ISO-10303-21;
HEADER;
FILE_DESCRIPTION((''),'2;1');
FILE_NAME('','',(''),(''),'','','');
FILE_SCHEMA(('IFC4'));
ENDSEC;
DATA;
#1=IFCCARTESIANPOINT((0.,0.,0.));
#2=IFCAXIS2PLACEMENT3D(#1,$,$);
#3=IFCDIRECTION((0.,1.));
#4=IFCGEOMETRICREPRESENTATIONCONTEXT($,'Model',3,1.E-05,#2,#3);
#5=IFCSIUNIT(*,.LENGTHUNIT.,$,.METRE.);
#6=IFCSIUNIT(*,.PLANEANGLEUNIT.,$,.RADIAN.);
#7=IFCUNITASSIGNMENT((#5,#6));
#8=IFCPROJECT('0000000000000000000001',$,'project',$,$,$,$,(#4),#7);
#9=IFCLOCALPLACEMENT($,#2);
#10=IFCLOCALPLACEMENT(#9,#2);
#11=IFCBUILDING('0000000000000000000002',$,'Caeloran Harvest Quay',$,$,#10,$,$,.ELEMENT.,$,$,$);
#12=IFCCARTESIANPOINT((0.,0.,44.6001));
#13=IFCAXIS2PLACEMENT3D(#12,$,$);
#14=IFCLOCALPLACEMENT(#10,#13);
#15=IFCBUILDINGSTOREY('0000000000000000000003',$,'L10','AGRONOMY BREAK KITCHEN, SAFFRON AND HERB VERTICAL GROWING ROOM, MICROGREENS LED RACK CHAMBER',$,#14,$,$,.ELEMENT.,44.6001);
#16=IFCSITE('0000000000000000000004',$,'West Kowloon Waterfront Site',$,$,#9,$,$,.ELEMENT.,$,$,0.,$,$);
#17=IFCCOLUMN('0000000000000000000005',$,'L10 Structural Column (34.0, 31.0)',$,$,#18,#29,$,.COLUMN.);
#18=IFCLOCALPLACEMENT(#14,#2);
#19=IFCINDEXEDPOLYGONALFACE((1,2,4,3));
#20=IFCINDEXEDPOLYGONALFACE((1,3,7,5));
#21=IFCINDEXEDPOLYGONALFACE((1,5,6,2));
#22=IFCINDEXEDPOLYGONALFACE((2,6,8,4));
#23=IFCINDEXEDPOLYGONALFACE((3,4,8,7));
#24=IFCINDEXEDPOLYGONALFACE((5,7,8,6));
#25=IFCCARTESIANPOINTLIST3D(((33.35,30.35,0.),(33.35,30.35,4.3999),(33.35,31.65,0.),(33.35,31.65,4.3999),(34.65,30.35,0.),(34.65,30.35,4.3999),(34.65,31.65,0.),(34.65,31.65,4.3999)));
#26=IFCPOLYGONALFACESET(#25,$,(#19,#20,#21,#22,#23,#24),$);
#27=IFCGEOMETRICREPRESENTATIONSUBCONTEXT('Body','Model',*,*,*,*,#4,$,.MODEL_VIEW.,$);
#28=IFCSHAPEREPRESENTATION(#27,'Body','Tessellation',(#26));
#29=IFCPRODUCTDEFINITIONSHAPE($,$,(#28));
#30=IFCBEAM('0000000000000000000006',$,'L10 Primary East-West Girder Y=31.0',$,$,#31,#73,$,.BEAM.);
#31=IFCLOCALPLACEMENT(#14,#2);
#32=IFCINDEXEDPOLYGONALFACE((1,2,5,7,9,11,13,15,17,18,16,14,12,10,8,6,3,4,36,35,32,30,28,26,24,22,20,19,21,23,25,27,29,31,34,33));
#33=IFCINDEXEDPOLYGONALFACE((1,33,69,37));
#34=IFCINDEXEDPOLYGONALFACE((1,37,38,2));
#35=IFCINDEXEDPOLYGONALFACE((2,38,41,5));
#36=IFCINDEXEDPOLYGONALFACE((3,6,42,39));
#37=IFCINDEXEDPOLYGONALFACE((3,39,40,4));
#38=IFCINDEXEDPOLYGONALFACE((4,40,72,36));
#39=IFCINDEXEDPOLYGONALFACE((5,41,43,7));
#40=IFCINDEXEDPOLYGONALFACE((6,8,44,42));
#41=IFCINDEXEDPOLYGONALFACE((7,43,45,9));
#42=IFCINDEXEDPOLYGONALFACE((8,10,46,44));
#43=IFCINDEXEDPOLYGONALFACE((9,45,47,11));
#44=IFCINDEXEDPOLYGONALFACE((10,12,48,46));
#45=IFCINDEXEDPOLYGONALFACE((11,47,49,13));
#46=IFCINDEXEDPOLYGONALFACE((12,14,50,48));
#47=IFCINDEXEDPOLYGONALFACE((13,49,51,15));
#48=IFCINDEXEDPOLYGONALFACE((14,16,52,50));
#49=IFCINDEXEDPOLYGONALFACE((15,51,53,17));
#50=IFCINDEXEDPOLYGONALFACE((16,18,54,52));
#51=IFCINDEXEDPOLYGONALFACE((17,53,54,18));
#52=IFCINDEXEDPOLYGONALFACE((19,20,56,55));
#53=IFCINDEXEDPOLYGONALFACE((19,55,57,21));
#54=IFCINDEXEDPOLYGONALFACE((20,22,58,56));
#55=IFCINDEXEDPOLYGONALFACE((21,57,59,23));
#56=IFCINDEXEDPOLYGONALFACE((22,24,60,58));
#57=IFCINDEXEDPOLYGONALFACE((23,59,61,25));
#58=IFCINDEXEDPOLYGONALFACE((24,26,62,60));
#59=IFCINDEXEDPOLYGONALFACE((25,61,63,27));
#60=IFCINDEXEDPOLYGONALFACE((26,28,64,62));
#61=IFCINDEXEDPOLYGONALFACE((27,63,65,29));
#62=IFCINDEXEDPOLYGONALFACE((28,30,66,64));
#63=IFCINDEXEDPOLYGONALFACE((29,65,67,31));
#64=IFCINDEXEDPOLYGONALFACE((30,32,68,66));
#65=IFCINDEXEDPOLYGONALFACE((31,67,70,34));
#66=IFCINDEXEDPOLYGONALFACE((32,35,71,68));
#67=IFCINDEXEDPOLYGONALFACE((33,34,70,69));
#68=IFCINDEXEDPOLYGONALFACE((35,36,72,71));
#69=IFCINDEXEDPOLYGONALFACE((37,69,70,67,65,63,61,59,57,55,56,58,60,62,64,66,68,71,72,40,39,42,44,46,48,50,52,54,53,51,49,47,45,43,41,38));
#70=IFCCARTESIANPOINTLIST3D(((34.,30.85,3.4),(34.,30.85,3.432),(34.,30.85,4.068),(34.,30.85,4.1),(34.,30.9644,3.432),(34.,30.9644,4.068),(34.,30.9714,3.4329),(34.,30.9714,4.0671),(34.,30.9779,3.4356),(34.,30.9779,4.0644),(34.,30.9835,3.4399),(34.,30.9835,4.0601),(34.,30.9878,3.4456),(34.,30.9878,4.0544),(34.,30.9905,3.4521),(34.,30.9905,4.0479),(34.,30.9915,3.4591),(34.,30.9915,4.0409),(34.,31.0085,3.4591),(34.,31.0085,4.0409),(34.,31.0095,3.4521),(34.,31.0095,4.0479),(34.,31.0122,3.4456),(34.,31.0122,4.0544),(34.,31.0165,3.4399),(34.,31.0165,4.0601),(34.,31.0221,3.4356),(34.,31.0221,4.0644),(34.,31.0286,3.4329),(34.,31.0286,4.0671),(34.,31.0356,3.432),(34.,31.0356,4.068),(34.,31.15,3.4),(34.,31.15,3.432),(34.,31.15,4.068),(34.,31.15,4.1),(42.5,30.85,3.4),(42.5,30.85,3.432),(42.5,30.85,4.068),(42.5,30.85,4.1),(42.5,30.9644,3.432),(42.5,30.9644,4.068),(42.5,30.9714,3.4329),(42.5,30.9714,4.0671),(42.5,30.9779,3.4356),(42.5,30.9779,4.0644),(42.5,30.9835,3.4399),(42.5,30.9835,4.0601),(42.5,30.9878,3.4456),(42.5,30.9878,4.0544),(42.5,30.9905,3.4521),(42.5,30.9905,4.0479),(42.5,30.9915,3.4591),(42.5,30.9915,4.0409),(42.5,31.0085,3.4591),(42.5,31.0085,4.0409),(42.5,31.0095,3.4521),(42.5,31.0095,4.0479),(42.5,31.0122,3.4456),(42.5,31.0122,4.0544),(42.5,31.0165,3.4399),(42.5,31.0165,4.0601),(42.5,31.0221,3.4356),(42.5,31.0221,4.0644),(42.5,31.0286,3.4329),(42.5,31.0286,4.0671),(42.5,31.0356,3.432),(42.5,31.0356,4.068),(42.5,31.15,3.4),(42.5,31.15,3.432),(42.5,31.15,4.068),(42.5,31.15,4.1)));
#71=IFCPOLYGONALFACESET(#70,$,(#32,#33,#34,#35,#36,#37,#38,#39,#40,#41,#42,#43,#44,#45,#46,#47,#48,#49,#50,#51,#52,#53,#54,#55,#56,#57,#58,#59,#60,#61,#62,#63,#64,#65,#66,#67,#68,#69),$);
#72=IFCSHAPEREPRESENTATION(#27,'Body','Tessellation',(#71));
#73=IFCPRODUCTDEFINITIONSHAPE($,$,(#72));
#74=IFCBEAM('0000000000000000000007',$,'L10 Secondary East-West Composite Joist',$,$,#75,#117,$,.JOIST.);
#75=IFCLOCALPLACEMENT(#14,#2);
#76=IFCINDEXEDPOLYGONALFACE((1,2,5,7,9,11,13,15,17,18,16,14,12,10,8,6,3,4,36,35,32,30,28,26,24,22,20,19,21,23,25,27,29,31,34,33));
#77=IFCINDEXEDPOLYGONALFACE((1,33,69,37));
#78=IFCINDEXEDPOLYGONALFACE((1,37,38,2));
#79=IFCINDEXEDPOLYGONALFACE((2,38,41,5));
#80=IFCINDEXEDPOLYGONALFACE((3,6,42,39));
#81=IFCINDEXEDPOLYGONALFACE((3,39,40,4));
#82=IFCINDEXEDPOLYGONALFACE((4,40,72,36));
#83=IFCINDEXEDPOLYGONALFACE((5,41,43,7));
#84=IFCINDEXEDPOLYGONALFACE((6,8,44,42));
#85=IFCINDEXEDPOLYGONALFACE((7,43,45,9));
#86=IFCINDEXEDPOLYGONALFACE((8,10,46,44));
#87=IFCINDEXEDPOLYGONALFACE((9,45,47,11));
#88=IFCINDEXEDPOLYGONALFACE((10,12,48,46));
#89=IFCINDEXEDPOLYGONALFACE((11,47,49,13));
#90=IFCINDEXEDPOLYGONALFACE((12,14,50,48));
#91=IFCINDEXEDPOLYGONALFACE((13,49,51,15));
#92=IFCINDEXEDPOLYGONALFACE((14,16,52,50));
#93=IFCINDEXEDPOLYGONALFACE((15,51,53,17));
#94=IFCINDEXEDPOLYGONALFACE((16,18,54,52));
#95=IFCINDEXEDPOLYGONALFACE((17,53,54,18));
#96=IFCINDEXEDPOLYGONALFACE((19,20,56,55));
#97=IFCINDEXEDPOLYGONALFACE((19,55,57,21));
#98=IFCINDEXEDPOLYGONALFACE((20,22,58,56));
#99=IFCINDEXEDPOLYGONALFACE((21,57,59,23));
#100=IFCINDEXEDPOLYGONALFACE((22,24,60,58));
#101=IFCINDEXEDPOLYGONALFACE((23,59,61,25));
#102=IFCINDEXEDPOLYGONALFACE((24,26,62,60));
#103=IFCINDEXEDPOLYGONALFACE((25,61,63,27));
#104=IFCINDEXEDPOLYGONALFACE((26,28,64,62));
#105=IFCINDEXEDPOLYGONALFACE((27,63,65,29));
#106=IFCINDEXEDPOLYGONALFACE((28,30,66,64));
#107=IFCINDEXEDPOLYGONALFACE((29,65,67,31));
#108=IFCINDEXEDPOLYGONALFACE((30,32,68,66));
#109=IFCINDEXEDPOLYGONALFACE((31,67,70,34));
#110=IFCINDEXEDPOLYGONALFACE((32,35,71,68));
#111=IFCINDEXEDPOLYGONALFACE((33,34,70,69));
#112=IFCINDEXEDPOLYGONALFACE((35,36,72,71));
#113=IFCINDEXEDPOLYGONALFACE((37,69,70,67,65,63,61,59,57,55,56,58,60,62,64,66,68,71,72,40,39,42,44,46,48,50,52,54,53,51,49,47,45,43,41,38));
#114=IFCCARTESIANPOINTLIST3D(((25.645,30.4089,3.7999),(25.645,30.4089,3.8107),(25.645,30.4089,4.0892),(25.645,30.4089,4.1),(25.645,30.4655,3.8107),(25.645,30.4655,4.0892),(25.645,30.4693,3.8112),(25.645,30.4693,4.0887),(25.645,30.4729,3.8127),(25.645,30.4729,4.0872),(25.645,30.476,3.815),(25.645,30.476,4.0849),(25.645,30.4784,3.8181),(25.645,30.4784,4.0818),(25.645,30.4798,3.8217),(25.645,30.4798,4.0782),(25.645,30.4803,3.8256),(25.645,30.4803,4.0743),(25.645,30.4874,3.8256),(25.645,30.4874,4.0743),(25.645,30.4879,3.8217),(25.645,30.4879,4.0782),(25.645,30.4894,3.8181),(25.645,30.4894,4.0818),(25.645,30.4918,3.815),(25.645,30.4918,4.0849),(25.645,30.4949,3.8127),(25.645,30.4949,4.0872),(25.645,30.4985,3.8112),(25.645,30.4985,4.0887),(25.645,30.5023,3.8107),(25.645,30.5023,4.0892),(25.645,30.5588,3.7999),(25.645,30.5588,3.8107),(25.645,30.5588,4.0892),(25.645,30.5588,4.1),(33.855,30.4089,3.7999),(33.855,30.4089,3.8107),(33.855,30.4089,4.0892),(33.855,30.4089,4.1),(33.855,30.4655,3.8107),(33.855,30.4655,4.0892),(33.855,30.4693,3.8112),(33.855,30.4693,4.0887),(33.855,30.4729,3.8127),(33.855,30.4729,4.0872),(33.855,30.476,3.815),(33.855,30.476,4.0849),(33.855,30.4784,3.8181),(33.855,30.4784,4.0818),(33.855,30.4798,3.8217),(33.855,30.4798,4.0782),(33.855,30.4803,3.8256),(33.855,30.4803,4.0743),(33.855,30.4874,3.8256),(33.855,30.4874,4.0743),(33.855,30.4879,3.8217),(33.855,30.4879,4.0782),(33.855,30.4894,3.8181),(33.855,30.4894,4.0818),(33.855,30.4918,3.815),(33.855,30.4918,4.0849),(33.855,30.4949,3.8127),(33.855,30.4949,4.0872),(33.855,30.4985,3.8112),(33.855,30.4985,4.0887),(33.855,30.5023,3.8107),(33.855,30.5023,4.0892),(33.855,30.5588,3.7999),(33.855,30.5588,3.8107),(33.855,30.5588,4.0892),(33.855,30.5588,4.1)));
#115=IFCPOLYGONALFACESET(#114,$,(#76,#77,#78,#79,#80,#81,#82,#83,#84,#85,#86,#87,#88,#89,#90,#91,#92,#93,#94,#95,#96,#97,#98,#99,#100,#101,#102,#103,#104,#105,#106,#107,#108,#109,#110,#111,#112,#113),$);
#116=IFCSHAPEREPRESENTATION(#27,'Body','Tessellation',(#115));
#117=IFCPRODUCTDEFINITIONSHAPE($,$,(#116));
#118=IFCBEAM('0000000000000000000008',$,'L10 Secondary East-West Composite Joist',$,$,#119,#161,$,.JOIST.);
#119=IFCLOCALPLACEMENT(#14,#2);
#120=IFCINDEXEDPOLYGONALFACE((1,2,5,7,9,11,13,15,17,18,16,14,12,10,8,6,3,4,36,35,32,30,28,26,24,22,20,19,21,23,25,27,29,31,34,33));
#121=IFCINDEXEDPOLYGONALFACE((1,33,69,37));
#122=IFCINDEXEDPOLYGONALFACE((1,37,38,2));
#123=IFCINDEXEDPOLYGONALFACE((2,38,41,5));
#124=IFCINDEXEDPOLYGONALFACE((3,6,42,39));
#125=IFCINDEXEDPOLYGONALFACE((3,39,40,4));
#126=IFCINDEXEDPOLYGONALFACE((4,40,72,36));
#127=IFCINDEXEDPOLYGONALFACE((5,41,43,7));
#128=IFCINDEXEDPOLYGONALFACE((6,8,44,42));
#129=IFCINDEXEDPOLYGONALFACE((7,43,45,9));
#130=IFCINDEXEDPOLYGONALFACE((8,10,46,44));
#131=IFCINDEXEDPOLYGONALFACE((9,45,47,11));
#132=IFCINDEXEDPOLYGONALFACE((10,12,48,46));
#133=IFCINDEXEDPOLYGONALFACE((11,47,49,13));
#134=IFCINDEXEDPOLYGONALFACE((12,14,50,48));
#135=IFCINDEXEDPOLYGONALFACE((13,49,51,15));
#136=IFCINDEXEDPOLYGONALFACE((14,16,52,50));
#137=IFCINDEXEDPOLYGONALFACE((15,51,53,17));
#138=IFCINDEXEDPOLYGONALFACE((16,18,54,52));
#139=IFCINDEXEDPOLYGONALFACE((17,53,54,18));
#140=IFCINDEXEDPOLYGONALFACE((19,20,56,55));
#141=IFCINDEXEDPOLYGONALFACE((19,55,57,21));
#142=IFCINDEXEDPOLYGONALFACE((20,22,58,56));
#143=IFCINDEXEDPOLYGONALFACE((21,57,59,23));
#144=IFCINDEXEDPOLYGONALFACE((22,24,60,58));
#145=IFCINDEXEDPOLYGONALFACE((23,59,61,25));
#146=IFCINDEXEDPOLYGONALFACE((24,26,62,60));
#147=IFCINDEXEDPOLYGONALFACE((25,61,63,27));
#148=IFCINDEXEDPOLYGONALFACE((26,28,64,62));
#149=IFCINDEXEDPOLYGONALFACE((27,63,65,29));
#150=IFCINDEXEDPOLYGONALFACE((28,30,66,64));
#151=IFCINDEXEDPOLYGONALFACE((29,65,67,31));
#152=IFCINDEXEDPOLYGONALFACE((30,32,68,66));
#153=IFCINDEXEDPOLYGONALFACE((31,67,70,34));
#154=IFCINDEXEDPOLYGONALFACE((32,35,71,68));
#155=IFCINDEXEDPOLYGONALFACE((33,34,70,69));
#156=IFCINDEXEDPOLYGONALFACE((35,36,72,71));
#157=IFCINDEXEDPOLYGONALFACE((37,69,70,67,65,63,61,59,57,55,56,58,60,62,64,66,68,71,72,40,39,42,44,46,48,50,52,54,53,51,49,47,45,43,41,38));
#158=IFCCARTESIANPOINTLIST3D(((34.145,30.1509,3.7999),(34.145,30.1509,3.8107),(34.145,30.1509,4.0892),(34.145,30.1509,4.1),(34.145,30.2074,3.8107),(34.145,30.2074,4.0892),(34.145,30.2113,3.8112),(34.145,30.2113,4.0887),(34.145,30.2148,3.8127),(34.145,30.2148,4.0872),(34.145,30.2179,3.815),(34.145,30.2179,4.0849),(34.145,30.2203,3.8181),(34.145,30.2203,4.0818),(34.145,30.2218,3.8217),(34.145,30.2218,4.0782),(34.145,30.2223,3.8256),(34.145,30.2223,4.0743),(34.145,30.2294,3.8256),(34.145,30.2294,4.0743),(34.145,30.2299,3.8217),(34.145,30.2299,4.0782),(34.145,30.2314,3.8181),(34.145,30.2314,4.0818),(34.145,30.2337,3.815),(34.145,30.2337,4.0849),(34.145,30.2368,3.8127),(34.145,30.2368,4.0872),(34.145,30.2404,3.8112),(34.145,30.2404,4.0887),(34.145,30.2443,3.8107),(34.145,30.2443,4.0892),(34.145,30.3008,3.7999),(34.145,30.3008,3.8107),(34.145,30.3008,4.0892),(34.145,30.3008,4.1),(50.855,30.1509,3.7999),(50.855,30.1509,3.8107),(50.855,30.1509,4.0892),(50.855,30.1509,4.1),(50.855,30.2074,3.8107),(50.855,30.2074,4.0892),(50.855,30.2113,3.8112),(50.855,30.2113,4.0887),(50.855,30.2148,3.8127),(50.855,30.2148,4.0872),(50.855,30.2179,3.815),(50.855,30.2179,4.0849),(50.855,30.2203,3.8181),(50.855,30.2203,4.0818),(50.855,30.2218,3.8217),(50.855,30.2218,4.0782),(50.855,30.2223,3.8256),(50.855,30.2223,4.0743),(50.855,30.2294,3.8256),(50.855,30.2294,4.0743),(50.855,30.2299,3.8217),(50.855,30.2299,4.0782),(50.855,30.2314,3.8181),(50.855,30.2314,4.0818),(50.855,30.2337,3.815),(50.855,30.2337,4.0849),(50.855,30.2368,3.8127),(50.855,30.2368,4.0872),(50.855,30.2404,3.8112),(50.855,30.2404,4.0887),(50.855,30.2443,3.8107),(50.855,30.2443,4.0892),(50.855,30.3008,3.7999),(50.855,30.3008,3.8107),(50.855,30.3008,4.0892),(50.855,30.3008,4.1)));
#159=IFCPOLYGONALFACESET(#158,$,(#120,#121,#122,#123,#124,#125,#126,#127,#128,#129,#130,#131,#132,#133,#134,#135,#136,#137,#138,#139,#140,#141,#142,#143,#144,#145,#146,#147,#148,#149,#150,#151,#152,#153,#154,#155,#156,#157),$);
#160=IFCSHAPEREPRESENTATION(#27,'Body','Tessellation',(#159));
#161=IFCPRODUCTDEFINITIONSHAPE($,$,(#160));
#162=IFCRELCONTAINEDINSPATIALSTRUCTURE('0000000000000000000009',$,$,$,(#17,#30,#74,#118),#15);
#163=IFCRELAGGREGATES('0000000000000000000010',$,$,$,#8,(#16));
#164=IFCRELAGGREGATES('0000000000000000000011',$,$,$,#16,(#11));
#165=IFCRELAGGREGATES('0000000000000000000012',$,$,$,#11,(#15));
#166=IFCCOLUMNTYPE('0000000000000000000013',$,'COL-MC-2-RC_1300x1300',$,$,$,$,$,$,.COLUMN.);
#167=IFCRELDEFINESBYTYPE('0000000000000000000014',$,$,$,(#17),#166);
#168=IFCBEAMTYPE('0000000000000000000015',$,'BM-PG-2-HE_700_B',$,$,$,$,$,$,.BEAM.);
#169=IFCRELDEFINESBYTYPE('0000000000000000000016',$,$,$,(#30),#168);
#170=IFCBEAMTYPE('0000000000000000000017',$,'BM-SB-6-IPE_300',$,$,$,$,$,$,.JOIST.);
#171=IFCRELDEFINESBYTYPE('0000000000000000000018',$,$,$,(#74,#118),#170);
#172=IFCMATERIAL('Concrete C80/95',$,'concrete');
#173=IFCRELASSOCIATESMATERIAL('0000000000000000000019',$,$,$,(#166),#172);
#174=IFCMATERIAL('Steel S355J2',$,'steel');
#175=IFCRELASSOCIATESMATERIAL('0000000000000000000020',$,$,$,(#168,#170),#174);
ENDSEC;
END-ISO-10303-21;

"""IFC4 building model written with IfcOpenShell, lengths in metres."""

from ifc_helpers import new_model, si_unit, direction, frame, origin, origin_2d, place, context, subcontext, project, spatial, rectangle, i_section, extrude, material, material_profile, profile_set, type_object, element, save


model = new_model("IFC4")

# Units and contexts
model_context = context("Model", 3, precision=1e-05, world=origin(), true_north=direction((0.0, 1.0)))
body_context = subcontext(model_context, "Body", "Model", "MODEL_VIEW")
ifc_project = project(units=[si_unit("LENGTHUNIT", "METRE"), si_unit("PLANEANGLEUNIT", "RADIAN")], contexts=[model_context])

# Site, building, storey
site_placement = place(None, origin())
site = spatial("IfcSite", under=ifc_project, at=site_placement, Name="West Kowloon Waterfront Site", CompositionType="ELEMENT", RefElevation=0.0)
building_placement = place(site_placement, origin())
building = spatial("IfcBuilding", under=site, at=building_placement, Name="Caeloran Harvest Quay", CompositionType="ELEMENT")
storey_placement = place(building_placement, frame((0.0, 0.0, 44.6001)))
storey = spatial("IfcBuildingStorey", under=building, at=storey_placement, Name="L10", Description="AGRONOMY BREAK KITCHEN, SAFFRON AND HERB VERTICAL GROWING ROOM, MICROGREENS LED RACK CHAMBER", CompositionType="ELEMENT", Elevation=44.6001)

# Column
ifc_material_1 = material(Name="Concrete C80/95", Category="concrete")
ifc_material_profile_1 = material_profile(ifc_material_1, rectangle(XDim=1.3, YDim=1.3, at=origin_2d()), Name="RC 1300x1300")
ifc_profile_set_1 = profile_set([ifc_material_profile_1], Name="Concrete C80/95")
column_type = type_object("IfcColumnType", Name="COL-MC-2-RC_1300x1300", PredefinedType="COLUMN", material=ifc_profile_set_1)
column_placement = place(storey_placement, frame((34.0, 31.0, 0.0), z_axis=(0.0, 0.0, 1.0), x_axis=(1.0, 0.0, 0.0)))
element("IfcColumn", 1, at=column_placement, inside=storey, type_object=column_type, Name="L10 Structural Column (34.0, 31.0)", PredefinedType="COLUMN", context=body_context, shape_type="SweptSolid", body=[
    extrude(rectangle(XDim=1.3, YDim=1.3, at=origin_2d()), origin(), (0.0, 0.0, 1.0), 4.3999),
])

# Beams
ifc_material_2 = material(Name="Steel S355J2", Category="steel")
ifc_material_profile_2 = material_profile(ifc_material_2, i_section(OverallWidth=0.3, OverallDepth=0.7, WebThickness=0.0171, FlangeThickness=0.032, FilletRadius=0.0271, at=origin_2d()), Name="HE 700 B")
ifc_profile_set_2 = profile_set([ifc_material_profile_2], Name="Steel S355J2")
beam_type_1 = type_object("IfcBeamType", Name="BM-PG-2-HE_700_B", PredefinedType="BEAM", material=ifc_profile_set_2)
beam_1_placement = place(storey_placement, frame((34.0, 31.0, 3.75), z_axis=(1.0, 0.0, 0.0), x_axis=(0.0, 1.0, 0.0)))
element("IfcBeam", 2, at=beam_1_placement, inside=storey, type_object=beam_type_1, Name="L10 Primary East-West Girder Y=31.0", PredefinedType="BEAM", context=body_context, shape_type="SweptSolid", body=[
    extrude(i_section(OverallWidth=0.3, OverallDepth=0.7, WebThickness=0.0171, FlangeThickness=0.032, FilletRadius=0.0271, at=origin_2d()), origin(), (0.0, 0.0, 1.0), 8.5),
])
ifc_material_profile_3 = material_profile(ifc_material_2, i_section(OverallWidth=0.1499, OverallDepth=0.3, WebThickness=0.0071, FlangeThickness=0.0107, FilletRadius=0.0149, at=origin_2d()), Name="IPE 300")
ifc_profile_set_3 = profile_set([ifc_material_profile_3], Name="Steel S355J2")
beam_type_2 = type_object("IfcBeamType", Name="BM-SB-6-IPE_300", PredefinedType="JOIST", material=ifc_profile_set_3)
beam_2_placement = place(storey_placement, frame((25.645, 30.4839, 3.95), z_axis=(1.0, 0.0, 0.0), x_axis=(0.0, 1.0, 0.0)))
element("IfcBeam", 3, at=beam_2_placement, inside=storey, type_object=beam_type_2, Name="L10 Secondary East-West Composite Joist", PredefinedType="JOIST", context=body_context, shape_type="SweptSolid", body=[
    extrude(i_section(OverallWidth=0.1499, OverallDepth=0.3, WebThickness=0.0071, FlangeThickness=0.0107, FilletRadius=0.0149, at=origin_2d()), origin(), (0.0, 0.0, 1.0), 8.21),
])
for number, where, z_axis, x_axis, name in (
    (4, (34.145, 30.2258, 3.95), (1.0, 0.0, 0.0), (0.0, 1.0, 0.0), "L10 Secondary East-West Composite Joist"),
):
    element("IfcBeam", number, at=place(storey_placement, frame(where, z_axis=z_axis, x_axis=x_axis)), inside=storey, type_object=beam_type_2, Name=name, PredefinedType="JOIST", context=body_context, shape_type="SweptSolid", body=[
        extrude(i_section(OverallWidth=0.1499, OverallDepth=0.3, WebThickness=0.0071, FlangeThickness=0.0107, FilletRadius=0.0149, at=origin_2d()), origin(), (0.0, 0.0, 1.0), 16.71),
    ])

save(model, "model.ifc")
